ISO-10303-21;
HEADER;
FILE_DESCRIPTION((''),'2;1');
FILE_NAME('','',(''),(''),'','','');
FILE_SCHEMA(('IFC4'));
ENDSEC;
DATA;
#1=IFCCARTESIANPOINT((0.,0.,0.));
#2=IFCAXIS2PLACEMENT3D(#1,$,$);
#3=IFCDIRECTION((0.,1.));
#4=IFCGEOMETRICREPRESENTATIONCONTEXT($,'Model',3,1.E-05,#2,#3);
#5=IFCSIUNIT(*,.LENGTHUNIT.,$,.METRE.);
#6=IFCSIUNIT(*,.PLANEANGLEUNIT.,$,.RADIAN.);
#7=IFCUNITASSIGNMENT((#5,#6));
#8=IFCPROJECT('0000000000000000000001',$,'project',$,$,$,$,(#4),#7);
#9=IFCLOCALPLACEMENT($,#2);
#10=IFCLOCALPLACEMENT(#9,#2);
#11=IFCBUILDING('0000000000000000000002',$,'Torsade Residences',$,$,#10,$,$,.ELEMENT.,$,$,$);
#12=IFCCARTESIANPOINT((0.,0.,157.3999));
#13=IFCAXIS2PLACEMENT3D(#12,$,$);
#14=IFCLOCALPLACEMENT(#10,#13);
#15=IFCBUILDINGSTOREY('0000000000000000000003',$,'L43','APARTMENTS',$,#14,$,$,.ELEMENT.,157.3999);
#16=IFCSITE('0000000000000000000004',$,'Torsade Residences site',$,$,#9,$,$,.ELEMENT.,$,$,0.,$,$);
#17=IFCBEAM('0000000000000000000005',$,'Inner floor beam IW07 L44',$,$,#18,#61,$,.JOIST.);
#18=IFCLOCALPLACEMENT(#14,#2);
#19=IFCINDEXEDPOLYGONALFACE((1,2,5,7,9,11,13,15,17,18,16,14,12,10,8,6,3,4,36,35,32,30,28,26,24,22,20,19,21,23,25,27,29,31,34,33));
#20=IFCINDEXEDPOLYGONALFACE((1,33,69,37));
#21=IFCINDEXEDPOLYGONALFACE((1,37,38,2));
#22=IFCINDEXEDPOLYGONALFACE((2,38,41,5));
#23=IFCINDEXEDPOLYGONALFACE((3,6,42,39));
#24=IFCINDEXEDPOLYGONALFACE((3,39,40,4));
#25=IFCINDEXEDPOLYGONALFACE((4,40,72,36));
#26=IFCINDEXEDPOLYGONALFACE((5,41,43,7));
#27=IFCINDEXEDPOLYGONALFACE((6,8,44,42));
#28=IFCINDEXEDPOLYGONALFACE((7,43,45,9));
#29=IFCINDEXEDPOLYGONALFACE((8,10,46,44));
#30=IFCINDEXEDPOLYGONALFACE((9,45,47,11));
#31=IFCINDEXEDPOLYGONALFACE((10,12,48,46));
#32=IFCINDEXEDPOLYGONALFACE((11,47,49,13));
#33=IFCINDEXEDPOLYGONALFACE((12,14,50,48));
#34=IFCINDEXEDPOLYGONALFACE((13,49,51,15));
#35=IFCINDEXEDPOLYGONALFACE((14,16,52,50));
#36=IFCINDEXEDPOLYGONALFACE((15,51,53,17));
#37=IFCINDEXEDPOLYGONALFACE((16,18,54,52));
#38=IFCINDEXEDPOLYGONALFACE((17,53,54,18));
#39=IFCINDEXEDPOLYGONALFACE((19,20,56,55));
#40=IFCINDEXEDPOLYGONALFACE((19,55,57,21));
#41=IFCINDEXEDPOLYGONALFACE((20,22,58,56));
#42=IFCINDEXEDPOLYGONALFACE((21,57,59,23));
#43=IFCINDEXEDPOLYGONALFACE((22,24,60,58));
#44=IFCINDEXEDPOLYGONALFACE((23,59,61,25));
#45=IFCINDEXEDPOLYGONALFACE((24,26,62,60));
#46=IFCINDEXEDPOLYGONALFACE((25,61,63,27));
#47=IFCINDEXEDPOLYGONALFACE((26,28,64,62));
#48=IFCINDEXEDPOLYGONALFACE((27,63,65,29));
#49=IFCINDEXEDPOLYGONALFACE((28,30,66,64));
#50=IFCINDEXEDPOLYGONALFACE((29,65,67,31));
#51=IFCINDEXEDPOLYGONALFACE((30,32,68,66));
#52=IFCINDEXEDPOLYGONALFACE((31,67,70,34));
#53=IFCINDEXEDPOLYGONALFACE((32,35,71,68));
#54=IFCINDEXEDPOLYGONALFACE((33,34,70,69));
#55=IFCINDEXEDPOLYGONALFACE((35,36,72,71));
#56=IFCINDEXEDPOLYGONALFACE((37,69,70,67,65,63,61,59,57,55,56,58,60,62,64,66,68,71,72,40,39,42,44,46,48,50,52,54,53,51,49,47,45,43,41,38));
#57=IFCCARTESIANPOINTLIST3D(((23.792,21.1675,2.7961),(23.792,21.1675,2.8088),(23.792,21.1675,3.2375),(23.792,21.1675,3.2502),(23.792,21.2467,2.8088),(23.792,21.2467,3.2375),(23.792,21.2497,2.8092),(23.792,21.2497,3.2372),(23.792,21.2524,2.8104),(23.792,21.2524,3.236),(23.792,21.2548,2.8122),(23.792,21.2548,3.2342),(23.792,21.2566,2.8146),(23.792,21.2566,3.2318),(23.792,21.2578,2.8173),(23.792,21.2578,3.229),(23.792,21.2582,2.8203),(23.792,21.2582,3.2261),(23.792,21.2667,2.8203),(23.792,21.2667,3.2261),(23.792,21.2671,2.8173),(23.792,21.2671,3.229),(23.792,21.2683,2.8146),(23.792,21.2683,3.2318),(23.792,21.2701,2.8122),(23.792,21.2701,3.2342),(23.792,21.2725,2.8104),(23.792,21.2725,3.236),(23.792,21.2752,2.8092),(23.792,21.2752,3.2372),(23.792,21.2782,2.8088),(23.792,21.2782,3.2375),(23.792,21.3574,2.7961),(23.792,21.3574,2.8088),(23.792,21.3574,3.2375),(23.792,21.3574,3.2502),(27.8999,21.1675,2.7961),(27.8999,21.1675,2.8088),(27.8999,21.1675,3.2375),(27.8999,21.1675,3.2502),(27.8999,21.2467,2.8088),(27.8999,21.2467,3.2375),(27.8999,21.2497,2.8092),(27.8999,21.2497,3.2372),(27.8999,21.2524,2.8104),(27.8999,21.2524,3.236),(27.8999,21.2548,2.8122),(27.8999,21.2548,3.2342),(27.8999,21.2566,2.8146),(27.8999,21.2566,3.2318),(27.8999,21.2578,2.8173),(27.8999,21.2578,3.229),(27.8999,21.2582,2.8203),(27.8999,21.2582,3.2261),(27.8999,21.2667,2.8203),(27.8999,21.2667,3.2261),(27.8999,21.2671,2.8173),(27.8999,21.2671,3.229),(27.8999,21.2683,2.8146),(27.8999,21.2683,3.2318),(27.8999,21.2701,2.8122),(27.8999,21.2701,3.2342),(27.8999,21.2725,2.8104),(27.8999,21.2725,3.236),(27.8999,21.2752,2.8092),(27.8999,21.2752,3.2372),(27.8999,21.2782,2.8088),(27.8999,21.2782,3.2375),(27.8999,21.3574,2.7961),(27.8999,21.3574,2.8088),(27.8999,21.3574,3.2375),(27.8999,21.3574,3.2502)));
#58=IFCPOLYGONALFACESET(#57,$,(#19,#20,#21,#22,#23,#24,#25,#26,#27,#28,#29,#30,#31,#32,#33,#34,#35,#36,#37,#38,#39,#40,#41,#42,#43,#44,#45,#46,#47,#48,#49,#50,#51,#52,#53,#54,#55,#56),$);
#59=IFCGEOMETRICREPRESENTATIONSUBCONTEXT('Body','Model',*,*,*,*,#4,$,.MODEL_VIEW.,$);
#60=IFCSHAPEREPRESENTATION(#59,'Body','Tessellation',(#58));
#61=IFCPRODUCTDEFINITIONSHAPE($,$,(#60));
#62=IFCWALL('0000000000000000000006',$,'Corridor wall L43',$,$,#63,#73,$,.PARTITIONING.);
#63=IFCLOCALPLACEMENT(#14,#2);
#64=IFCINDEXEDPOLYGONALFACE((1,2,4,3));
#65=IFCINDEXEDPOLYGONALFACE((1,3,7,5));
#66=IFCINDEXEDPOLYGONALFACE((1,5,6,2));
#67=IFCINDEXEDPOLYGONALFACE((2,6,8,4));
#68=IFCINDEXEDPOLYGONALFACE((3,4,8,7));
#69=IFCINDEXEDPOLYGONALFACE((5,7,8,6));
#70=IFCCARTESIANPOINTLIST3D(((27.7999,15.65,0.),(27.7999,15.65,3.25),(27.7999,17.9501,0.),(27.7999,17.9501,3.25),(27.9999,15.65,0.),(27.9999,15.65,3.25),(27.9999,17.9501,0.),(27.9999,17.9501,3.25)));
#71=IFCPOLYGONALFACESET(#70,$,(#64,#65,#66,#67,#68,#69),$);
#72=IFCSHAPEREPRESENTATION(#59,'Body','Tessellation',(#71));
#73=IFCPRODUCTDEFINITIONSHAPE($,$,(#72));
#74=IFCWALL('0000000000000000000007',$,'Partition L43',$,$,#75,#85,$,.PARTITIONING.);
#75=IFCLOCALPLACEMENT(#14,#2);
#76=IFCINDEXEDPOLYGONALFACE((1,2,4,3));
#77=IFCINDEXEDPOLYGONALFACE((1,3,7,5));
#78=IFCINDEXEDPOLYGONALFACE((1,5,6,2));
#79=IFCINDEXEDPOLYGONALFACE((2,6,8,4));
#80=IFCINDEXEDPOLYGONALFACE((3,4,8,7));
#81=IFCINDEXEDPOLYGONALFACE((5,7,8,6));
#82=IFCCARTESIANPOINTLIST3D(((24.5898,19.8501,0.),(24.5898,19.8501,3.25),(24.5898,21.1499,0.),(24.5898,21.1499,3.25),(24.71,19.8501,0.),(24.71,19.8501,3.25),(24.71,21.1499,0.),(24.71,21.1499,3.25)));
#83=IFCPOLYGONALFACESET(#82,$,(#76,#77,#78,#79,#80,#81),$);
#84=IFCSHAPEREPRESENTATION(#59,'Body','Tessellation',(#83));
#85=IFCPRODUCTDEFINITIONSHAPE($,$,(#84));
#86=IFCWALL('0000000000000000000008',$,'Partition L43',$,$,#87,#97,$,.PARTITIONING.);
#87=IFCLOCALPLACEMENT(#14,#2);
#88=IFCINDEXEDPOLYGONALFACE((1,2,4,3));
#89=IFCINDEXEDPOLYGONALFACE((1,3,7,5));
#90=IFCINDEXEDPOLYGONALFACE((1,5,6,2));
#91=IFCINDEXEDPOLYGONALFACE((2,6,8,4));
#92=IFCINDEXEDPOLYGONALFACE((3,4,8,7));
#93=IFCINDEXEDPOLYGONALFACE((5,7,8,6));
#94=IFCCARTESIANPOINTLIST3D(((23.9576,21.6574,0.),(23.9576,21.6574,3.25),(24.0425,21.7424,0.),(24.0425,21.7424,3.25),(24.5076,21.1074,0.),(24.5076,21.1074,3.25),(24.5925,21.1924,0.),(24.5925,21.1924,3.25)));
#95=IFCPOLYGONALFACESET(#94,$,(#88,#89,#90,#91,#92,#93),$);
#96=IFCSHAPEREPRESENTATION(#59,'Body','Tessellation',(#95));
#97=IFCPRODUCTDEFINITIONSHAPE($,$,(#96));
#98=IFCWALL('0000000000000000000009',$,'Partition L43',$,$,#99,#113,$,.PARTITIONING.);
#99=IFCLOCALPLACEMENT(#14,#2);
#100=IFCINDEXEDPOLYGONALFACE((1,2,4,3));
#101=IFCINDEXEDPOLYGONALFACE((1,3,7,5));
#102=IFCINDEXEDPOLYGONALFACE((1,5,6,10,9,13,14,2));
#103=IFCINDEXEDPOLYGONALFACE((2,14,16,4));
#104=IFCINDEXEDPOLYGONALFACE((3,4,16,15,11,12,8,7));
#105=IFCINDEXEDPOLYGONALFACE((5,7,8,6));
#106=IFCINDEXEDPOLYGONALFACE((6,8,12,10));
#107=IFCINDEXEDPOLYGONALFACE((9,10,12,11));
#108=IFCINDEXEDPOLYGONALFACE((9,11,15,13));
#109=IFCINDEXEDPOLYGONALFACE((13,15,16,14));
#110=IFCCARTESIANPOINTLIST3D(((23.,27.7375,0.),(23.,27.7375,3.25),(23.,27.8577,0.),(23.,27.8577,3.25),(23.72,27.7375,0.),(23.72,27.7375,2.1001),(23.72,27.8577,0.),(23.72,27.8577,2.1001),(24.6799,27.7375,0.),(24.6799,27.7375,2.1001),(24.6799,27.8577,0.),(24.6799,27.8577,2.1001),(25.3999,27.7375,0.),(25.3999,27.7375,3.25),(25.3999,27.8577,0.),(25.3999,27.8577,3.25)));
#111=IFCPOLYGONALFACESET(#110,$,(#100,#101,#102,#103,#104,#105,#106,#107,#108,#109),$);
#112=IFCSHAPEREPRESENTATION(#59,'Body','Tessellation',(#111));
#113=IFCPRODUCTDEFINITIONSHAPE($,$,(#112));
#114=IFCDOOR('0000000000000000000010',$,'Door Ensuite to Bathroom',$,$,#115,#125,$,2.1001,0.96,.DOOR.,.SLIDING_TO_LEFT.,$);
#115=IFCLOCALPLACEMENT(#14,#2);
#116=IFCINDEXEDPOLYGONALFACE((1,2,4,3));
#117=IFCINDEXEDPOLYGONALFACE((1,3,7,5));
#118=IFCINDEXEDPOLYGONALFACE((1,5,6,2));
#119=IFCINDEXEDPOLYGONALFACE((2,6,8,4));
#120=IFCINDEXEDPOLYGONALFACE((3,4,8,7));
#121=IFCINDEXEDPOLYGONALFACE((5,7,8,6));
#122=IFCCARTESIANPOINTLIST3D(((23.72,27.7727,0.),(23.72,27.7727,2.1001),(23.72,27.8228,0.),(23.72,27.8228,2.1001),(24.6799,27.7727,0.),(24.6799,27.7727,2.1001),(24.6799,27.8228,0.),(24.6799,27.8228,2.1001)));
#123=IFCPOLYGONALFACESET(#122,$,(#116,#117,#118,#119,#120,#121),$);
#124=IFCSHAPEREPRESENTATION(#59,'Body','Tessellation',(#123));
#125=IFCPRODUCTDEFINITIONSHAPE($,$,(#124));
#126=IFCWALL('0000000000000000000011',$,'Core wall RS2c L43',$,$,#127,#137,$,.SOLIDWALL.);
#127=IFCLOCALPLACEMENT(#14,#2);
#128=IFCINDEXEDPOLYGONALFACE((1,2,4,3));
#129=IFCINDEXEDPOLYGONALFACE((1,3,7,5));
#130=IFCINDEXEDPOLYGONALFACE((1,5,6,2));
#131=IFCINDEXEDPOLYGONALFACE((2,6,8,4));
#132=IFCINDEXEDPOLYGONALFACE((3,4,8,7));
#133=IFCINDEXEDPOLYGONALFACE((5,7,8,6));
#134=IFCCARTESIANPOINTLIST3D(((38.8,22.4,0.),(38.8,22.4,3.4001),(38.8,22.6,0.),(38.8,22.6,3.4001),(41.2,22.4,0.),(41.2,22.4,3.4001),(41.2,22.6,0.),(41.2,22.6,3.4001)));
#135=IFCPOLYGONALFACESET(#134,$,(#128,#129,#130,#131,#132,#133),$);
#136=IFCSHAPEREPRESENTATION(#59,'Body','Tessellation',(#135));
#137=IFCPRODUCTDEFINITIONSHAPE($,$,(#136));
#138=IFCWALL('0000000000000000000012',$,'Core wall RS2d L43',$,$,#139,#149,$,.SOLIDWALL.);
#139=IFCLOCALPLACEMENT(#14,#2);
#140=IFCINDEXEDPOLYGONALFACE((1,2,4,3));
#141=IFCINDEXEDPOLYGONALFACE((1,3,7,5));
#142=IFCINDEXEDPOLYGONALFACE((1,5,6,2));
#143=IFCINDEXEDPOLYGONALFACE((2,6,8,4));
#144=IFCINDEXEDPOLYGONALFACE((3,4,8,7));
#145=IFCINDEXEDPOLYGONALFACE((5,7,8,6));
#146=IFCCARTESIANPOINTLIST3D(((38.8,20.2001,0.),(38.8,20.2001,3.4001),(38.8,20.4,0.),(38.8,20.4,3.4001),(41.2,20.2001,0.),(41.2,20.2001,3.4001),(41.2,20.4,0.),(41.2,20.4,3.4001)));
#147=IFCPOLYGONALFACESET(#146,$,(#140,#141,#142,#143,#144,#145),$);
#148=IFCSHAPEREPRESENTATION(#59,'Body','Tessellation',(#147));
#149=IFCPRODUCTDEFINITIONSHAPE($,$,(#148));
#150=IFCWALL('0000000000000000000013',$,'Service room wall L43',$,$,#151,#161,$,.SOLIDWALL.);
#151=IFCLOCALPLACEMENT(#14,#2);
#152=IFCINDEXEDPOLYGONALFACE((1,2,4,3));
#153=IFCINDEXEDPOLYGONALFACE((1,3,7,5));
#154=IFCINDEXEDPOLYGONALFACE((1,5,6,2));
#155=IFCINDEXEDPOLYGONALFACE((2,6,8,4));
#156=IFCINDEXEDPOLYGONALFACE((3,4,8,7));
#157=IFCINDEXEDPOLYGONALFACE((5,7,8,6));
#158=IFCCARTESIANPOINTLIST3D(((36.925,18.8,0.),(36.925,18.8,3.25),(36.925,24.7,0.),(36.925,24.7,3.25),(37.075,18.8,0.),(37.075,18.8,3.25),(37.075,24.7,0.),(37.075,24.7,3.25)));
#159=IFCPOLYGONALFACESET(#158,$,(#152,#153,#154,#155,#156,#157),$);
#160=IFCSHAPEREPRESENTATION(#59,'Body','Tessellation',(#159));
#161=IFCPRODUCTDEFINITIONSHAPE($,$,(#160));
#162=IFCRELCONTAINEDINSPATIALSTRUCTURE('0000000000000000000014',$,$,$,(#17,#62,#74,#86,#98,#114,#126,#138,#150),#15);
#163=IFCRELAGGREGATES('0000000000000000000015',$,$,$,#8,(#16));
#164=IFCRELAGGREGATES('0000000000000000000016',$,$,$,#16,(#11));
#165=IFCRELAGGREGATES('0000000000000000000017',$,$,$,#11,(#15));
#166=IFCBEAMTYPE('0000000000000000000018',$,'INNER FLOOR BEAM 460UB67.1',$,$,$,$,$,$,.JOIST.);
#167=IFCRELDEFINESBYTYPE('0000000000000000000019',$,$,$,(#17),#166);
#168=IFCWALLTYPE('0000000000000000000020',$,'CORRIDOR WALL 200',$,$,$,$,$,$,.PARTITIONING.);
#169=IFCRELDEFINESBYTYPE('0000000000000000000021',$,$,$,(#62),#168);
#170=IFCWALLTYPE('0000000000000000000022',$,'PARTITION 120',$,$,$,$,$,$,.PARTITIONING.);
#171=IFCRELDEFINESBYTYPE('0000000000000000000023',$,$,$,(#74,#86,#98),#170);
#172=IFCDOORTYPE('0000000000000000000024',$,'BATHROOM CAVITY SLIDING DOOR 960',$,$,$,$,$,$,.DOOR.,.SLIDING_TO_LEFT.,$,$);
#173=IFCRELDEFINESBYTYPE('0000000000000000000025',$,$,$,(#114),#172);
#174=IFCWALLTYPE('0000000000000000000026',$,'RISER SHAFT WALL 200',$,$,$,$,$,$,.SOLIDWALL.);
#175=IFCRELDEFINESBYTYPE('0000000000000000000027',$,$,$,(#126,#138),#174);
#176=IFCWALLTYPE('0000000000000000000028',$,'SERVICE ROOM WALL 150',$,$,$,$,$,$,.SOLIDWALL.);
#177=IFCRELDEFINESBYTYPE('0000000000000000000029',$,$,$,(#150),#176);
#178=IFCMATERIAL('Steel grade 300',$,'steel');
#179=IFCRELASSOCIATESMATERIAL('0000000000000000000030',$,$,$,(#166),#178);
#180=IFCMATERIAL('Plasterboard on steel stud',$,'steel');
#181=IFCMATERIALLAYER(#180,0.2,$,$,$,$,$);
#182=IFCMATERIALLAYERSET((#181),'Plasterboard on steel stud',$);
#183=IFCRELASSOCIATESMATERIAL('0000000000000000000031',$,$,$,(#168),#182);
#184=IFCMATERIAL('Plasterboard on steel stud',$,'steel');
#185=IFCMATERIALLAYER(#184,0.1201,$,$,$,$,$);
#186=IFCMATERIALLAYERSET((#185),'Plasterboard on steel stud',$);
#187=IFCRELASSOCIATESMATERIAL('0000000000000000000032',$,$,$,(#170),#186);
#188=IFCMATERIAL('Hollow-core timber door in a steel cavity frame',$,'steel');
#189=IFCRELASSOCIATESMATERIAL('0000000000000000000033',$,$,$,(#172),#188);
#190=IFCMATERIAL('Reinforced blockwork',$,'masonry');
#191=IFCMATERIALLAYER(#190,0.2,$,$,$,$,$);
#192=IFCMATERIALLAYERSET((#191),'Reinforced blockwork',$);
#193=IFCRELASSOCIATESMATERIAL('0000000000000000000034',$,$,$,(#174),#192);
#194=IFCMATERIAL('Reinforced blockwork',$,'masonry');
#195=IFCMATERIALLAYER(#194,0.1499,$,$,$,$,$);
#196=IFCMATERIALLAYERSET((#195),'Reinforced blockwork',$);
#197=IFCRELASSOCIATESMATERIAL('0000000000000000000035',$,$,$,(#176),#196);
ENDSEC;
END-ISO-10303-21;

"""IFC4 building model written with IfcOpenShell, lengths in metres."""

from ifc_helpers import new_model, si_unit, direction, frame, frame_2d, origin, origin_2d, place, context, subcontext, project, spatial, rectangle, i_section, extrude, material, layer, layer_set, material_profile, profile_set, type_object, element, fill, save


model = new_model("IFC4")

# Units and contexts
model_context = context("Model", 3, precision=1e-05, world=origin(), true_north=direction((0.0, 1.0)))
body_context = subcontext(model_context, "Body", "Model", "MODEL_VIEW")
ifc_project = project(units=[si_unit("LENGTHUNIT", "METRE"), si_unit("PLANEANGLEUNIT", "RADIAN")], contexts=[model_context])

# Site, building, storey
site_placement = place(None, origin())
site = spatial("IfcSite", under=ifc_project, at=site_placement, Name="Torsade Residences site", CompositionType="ELEMENT", RefElevation=0.0)
building_placement = place(site_placement, origin())
building = spatial("IfcBuilding", under=site, at=building_placement, Name="Torsade Residences", CompositionType="ELEMENT")
storey_placement = place(building_placement, frame((0.0, 0.0, 157.3999)))
storey = spatial("IfcBuildingStorey", under=building, at=storey_placement, Name="L43", Description="APARTMENTS", CompositionType="ELEMENT", Elevation=157.3999)

# Beam
ifc_material_1 = material(Name="Steel grade 300", Category="steel")
ifc_material_profile_1 = material_profile(ifc_material_1, i_section(OverallWidth=0.1899, OverallDepth=0.4541, WebThickness=0.0085, FlangeThickness=0.0127, FilletRadius=0.0115, at=origin_2d()), Name="460UB67.1")
ifc_profile_set_1 = profile_set([ifc_material_profile_1], Name="Steel grade 300")
beam_type = type_object("IfcBeamType", Name="INNER FLOOR BEAM 460UB67.1", PredefinedType="JOIST", material=ifc_profile_set_1)
beam_1_placement = place(storey_placement, frame((27.8999, 21.2625, 3.0232), z_axis=(-1.0, 0.0, 0.0), x_axis=(0.0, -1.0, 0.0)))
element("IfcBeam", 1, at=beam_1_placement, inside=storey, type_object=beam_type, Name="Inner floor beam IW07 L44", PredefinedType="JOIST", context=body_context, shape_type="SweptSolid", body=[
    extrude(i_section(OverallWidth=0.1899, OverallDepth=0.4541, WebThickness=0.0085, FlangeThickness=0.0127, FilletRadius=0.0115, at=origin_2d()), origin(), (0.0, 0.0, 1.0), 4.1079),
])

# Walls
ifc_material_2 = material(Name="Plasterboard on steel stud", Category="steel")
ifc_layer_1 = layer(ifc_material_2, 0.2)
ifc_layer_set_1 = layer_set([ifc_layer_1], Name="Plasterboard on steel stud")
wall_type_1 = type_object("IfcWallType", Name="CORRIDOR WALL 200", PredefinedType="PARTITIONING", material=ifc_layer_set_1)
wall_1_placement = place(storey_placement, frame((27.8999, 17.95, 0.0), z_axis=(0.0, 0.0, 1.0), x_axis=(0.0, -1.0, 0.0)))
element("IfcWall", 2, at=wall_1_placement, inside=storey, type_object=wall_type_1, Name="Corridor wall L43", PredefinedType="PARTITIONING", context=body_context, shape_type="SweptSolid", body=[
    extrude(rectangle(XDim=2.3, YDim=0.2, at=frame_2d((1.1499, 0.0))), origin(), (0.0, 0.0, 1.0), 3.25),
])
ifc_material_3 = material(Name="Plasterboard on steel stud", Category="steel")
ifc_layer_2 = layer(ifc_material_3, 0.1201)
ifc_layer_set_2 = layer_set([ifc_layer_2], Name="Plasterboard on steel stud")
wall_type_2 = type_object("IfcWallType", Name="PARTITION 120", PredefinedType="PARTITIONING", material=ifc_layer_set_2)
wall_2_placement = place(storey_placement, frame((24.6499, 19.8501, 0.0), z_axis=(0.0, 0.0, 1.0), x_axis=(0.0, 1.0, 0.0)))
element("IfcWall", 3, at=wall_2_placement, inside=storey, type_object=wall_type_2, Name="Partition L43", PredefinedType="PARTITIONING", context=body_context, shape_type="SweptSolid", body=[
    extrude(rectangle(XDim=1.2998, YDim=0.1201, at=frame_2d((0.6499, 0.0))), origin(), (0.0, 0.0, 1.0), 3.25),
])
wall_3_placement = place(storey_placement, frame((24.55, 21.1499, 0.0), z_axis=(0.0, 0.0, 1.0), x_axis=(-0.707107, 0.707107, 0.0)))
element("IfcWall", 4, at=wall_3_placement, inside=storey, type_object=wall_type_2, Name="Partition L43", PredefinedType="PARTITIONING", context=body_context, shape_type="SweptSolid", body=[
    extrude(rectangle(XDim=0.7778, YDim=0.1201, at=frame_2d((0.3889, 0.0))), origin(), (0.0, 0.0, 1.0), 3.25),
])

# Wall, opening, door
wall_4_placement = place(storey_placement, frame((25.3999, 27.7976, 0.0), z_axis=(0.0, 0.0, 1.0), x_axis=(-1.0, 0.0, 0.0)))
wall_4 = element("IfcWall", 5, at=wall_4_placement, inside=storey, type_object=wall_type_2, Name="Partition L43", PredefinedType="PARTITIONING", context=body_context, shape_type="SweptSolid", body=[
    extrude(rectangle(XDim=2.3999, YDim=0.1201, at=frame_2d((1.2, 0.0))), origin(), (0.0, 0.0, 1.0), 3.25),
])
opening_1_placement = place(wall_4_placement, frame((0.72, 0.0, 0.0)))
opening_1 = element("IfcOpeningElement", 6, at=opening_1_placement, cuts=wall_4, PredefinedType="OPENING", context=body_context, shape_type="SweptSolid", body=[
    extrude(rectangle(XDim=0.96, YDim=2.1001, at=frame_2d((0.48, 1.05))), frame((0.0, 0.0701, 0.0), z_axis=(0.0, -1.0, 0.0), x_axis=(1.0, 0.0, 0.0)), (0.0, 0.0, 1.0), 0.1401),
])
ifc_material_4 = material(Name="Hollow-core timber door in a steel cavity frame", Category="steel")
door_type_1 = type_object("IfcDoorType", Name="BATHROOM CAVITY SLIDING DOOR 960", OperationType="SLIDING_TO_LEFT", PredefinedType="DOOR", material=ifc_material_4)
door_1_placement = place(opening_1_placement, origin())
door_1 = element("IfcDoor", 7, at=door_1_placement, inside=storey, type_object=door_type_1, Name="Door Ensuite to Bathroom", OperationType="SLIDING_TO_LEFT", OverallHeight=2.1001, OverallWidth=0.96, PredefinedType="DOOR", context=body_context, shape_type="SweptSolid", body=[
    extrude(rectangle(XDim=0.96, YDim=2.1001, at=frame_2d((0.48, 1.05))), frame((0.0, 0.0249, 0.0), z_axis=(0.0, -1.0, 0.0), x_axis=(1.0, 0.0, 0.0)), (0.0, 0.0, 1.0), 0.05),
])
fill(opening_1, door_1)

# Walls
ifc_material_5 = material(Name="Reinforced blockwork", Category="masonry")
ifc_layer_3 = layer(ifc_material_5, 0.2)
ifc_layer_set_3 = layer_set([ifc_layer_3], Name="Reinforced blockwork")
wall_type_3 = type_object("IfcWallType", Name="RISER SHAFT WALL 200", PredefinedType="SOLIDWALL", material=ifc_layer_set_3)
for number, where, z_axis, x_axis, name in (
    (8, (38.8, 22.5, 0.0), (0.0, 0.0, 1.0), (1.0, 0.0, 0.0), "Core wall RS2c L43"),
    (9, (38.8, 20.3, 0.0), (0.0, 0.0, 1.0), (1.0, 0.0, 0.0), "Core wall RS2d L43"),
):
    element("IfcWall", number, at=place(storey_placement, frame(where, z_axis=z_axis, x_axis=x_axis)), inside=storey, type_object=wall_type_3, Name=name, PredefinedType="SOLIDWALL", context=body_context, shape_type="SweptSolid", body=[
        extrude(rectangle(XDim=2.3999, YDim=0.2, at=frame_2d((1.2, 0.0))), origin(), (0.0, 0.0, 1.0), 3.4001),
    ])
ifc_material_6 = material(Name="Reinforced blockwork", Category="masonry")
ifc_layer_4 = layer(ifc_material_6, 0.1499)
ifc_layer_set_4 = layer_set([ifc_layer_4], Name="Reinforced blockwork")
wall_type_4 = type_object("IfcWallType", Name="SERVICE ROOM WALL 150", PredefinedType="SOLIDWALL", material=ifc_layer_set_4)
wall_5_placement = place(storey_placement, frame((37.0, 18.8, 0.0), z_axis=(0.0, 0.0, 1.0), x_axis=(0.0, 1.0, 0.0)))
element("IfcWall", 10, at=wall_5_placement, inside=storey, type_object=wall_type_4, Name="Service room wall L43", PredefinedType="SOLIDWALL", context=body_context, shape_type="SweptSolid", body=[
    extrude(rectangle(XDim=5.8999, YDim=0.1499, at=frame_2d((2.95, 0.0))), origin(), (0.0, 0.0, 1.0), 3.25),
])

save(model, "model.ifc")
